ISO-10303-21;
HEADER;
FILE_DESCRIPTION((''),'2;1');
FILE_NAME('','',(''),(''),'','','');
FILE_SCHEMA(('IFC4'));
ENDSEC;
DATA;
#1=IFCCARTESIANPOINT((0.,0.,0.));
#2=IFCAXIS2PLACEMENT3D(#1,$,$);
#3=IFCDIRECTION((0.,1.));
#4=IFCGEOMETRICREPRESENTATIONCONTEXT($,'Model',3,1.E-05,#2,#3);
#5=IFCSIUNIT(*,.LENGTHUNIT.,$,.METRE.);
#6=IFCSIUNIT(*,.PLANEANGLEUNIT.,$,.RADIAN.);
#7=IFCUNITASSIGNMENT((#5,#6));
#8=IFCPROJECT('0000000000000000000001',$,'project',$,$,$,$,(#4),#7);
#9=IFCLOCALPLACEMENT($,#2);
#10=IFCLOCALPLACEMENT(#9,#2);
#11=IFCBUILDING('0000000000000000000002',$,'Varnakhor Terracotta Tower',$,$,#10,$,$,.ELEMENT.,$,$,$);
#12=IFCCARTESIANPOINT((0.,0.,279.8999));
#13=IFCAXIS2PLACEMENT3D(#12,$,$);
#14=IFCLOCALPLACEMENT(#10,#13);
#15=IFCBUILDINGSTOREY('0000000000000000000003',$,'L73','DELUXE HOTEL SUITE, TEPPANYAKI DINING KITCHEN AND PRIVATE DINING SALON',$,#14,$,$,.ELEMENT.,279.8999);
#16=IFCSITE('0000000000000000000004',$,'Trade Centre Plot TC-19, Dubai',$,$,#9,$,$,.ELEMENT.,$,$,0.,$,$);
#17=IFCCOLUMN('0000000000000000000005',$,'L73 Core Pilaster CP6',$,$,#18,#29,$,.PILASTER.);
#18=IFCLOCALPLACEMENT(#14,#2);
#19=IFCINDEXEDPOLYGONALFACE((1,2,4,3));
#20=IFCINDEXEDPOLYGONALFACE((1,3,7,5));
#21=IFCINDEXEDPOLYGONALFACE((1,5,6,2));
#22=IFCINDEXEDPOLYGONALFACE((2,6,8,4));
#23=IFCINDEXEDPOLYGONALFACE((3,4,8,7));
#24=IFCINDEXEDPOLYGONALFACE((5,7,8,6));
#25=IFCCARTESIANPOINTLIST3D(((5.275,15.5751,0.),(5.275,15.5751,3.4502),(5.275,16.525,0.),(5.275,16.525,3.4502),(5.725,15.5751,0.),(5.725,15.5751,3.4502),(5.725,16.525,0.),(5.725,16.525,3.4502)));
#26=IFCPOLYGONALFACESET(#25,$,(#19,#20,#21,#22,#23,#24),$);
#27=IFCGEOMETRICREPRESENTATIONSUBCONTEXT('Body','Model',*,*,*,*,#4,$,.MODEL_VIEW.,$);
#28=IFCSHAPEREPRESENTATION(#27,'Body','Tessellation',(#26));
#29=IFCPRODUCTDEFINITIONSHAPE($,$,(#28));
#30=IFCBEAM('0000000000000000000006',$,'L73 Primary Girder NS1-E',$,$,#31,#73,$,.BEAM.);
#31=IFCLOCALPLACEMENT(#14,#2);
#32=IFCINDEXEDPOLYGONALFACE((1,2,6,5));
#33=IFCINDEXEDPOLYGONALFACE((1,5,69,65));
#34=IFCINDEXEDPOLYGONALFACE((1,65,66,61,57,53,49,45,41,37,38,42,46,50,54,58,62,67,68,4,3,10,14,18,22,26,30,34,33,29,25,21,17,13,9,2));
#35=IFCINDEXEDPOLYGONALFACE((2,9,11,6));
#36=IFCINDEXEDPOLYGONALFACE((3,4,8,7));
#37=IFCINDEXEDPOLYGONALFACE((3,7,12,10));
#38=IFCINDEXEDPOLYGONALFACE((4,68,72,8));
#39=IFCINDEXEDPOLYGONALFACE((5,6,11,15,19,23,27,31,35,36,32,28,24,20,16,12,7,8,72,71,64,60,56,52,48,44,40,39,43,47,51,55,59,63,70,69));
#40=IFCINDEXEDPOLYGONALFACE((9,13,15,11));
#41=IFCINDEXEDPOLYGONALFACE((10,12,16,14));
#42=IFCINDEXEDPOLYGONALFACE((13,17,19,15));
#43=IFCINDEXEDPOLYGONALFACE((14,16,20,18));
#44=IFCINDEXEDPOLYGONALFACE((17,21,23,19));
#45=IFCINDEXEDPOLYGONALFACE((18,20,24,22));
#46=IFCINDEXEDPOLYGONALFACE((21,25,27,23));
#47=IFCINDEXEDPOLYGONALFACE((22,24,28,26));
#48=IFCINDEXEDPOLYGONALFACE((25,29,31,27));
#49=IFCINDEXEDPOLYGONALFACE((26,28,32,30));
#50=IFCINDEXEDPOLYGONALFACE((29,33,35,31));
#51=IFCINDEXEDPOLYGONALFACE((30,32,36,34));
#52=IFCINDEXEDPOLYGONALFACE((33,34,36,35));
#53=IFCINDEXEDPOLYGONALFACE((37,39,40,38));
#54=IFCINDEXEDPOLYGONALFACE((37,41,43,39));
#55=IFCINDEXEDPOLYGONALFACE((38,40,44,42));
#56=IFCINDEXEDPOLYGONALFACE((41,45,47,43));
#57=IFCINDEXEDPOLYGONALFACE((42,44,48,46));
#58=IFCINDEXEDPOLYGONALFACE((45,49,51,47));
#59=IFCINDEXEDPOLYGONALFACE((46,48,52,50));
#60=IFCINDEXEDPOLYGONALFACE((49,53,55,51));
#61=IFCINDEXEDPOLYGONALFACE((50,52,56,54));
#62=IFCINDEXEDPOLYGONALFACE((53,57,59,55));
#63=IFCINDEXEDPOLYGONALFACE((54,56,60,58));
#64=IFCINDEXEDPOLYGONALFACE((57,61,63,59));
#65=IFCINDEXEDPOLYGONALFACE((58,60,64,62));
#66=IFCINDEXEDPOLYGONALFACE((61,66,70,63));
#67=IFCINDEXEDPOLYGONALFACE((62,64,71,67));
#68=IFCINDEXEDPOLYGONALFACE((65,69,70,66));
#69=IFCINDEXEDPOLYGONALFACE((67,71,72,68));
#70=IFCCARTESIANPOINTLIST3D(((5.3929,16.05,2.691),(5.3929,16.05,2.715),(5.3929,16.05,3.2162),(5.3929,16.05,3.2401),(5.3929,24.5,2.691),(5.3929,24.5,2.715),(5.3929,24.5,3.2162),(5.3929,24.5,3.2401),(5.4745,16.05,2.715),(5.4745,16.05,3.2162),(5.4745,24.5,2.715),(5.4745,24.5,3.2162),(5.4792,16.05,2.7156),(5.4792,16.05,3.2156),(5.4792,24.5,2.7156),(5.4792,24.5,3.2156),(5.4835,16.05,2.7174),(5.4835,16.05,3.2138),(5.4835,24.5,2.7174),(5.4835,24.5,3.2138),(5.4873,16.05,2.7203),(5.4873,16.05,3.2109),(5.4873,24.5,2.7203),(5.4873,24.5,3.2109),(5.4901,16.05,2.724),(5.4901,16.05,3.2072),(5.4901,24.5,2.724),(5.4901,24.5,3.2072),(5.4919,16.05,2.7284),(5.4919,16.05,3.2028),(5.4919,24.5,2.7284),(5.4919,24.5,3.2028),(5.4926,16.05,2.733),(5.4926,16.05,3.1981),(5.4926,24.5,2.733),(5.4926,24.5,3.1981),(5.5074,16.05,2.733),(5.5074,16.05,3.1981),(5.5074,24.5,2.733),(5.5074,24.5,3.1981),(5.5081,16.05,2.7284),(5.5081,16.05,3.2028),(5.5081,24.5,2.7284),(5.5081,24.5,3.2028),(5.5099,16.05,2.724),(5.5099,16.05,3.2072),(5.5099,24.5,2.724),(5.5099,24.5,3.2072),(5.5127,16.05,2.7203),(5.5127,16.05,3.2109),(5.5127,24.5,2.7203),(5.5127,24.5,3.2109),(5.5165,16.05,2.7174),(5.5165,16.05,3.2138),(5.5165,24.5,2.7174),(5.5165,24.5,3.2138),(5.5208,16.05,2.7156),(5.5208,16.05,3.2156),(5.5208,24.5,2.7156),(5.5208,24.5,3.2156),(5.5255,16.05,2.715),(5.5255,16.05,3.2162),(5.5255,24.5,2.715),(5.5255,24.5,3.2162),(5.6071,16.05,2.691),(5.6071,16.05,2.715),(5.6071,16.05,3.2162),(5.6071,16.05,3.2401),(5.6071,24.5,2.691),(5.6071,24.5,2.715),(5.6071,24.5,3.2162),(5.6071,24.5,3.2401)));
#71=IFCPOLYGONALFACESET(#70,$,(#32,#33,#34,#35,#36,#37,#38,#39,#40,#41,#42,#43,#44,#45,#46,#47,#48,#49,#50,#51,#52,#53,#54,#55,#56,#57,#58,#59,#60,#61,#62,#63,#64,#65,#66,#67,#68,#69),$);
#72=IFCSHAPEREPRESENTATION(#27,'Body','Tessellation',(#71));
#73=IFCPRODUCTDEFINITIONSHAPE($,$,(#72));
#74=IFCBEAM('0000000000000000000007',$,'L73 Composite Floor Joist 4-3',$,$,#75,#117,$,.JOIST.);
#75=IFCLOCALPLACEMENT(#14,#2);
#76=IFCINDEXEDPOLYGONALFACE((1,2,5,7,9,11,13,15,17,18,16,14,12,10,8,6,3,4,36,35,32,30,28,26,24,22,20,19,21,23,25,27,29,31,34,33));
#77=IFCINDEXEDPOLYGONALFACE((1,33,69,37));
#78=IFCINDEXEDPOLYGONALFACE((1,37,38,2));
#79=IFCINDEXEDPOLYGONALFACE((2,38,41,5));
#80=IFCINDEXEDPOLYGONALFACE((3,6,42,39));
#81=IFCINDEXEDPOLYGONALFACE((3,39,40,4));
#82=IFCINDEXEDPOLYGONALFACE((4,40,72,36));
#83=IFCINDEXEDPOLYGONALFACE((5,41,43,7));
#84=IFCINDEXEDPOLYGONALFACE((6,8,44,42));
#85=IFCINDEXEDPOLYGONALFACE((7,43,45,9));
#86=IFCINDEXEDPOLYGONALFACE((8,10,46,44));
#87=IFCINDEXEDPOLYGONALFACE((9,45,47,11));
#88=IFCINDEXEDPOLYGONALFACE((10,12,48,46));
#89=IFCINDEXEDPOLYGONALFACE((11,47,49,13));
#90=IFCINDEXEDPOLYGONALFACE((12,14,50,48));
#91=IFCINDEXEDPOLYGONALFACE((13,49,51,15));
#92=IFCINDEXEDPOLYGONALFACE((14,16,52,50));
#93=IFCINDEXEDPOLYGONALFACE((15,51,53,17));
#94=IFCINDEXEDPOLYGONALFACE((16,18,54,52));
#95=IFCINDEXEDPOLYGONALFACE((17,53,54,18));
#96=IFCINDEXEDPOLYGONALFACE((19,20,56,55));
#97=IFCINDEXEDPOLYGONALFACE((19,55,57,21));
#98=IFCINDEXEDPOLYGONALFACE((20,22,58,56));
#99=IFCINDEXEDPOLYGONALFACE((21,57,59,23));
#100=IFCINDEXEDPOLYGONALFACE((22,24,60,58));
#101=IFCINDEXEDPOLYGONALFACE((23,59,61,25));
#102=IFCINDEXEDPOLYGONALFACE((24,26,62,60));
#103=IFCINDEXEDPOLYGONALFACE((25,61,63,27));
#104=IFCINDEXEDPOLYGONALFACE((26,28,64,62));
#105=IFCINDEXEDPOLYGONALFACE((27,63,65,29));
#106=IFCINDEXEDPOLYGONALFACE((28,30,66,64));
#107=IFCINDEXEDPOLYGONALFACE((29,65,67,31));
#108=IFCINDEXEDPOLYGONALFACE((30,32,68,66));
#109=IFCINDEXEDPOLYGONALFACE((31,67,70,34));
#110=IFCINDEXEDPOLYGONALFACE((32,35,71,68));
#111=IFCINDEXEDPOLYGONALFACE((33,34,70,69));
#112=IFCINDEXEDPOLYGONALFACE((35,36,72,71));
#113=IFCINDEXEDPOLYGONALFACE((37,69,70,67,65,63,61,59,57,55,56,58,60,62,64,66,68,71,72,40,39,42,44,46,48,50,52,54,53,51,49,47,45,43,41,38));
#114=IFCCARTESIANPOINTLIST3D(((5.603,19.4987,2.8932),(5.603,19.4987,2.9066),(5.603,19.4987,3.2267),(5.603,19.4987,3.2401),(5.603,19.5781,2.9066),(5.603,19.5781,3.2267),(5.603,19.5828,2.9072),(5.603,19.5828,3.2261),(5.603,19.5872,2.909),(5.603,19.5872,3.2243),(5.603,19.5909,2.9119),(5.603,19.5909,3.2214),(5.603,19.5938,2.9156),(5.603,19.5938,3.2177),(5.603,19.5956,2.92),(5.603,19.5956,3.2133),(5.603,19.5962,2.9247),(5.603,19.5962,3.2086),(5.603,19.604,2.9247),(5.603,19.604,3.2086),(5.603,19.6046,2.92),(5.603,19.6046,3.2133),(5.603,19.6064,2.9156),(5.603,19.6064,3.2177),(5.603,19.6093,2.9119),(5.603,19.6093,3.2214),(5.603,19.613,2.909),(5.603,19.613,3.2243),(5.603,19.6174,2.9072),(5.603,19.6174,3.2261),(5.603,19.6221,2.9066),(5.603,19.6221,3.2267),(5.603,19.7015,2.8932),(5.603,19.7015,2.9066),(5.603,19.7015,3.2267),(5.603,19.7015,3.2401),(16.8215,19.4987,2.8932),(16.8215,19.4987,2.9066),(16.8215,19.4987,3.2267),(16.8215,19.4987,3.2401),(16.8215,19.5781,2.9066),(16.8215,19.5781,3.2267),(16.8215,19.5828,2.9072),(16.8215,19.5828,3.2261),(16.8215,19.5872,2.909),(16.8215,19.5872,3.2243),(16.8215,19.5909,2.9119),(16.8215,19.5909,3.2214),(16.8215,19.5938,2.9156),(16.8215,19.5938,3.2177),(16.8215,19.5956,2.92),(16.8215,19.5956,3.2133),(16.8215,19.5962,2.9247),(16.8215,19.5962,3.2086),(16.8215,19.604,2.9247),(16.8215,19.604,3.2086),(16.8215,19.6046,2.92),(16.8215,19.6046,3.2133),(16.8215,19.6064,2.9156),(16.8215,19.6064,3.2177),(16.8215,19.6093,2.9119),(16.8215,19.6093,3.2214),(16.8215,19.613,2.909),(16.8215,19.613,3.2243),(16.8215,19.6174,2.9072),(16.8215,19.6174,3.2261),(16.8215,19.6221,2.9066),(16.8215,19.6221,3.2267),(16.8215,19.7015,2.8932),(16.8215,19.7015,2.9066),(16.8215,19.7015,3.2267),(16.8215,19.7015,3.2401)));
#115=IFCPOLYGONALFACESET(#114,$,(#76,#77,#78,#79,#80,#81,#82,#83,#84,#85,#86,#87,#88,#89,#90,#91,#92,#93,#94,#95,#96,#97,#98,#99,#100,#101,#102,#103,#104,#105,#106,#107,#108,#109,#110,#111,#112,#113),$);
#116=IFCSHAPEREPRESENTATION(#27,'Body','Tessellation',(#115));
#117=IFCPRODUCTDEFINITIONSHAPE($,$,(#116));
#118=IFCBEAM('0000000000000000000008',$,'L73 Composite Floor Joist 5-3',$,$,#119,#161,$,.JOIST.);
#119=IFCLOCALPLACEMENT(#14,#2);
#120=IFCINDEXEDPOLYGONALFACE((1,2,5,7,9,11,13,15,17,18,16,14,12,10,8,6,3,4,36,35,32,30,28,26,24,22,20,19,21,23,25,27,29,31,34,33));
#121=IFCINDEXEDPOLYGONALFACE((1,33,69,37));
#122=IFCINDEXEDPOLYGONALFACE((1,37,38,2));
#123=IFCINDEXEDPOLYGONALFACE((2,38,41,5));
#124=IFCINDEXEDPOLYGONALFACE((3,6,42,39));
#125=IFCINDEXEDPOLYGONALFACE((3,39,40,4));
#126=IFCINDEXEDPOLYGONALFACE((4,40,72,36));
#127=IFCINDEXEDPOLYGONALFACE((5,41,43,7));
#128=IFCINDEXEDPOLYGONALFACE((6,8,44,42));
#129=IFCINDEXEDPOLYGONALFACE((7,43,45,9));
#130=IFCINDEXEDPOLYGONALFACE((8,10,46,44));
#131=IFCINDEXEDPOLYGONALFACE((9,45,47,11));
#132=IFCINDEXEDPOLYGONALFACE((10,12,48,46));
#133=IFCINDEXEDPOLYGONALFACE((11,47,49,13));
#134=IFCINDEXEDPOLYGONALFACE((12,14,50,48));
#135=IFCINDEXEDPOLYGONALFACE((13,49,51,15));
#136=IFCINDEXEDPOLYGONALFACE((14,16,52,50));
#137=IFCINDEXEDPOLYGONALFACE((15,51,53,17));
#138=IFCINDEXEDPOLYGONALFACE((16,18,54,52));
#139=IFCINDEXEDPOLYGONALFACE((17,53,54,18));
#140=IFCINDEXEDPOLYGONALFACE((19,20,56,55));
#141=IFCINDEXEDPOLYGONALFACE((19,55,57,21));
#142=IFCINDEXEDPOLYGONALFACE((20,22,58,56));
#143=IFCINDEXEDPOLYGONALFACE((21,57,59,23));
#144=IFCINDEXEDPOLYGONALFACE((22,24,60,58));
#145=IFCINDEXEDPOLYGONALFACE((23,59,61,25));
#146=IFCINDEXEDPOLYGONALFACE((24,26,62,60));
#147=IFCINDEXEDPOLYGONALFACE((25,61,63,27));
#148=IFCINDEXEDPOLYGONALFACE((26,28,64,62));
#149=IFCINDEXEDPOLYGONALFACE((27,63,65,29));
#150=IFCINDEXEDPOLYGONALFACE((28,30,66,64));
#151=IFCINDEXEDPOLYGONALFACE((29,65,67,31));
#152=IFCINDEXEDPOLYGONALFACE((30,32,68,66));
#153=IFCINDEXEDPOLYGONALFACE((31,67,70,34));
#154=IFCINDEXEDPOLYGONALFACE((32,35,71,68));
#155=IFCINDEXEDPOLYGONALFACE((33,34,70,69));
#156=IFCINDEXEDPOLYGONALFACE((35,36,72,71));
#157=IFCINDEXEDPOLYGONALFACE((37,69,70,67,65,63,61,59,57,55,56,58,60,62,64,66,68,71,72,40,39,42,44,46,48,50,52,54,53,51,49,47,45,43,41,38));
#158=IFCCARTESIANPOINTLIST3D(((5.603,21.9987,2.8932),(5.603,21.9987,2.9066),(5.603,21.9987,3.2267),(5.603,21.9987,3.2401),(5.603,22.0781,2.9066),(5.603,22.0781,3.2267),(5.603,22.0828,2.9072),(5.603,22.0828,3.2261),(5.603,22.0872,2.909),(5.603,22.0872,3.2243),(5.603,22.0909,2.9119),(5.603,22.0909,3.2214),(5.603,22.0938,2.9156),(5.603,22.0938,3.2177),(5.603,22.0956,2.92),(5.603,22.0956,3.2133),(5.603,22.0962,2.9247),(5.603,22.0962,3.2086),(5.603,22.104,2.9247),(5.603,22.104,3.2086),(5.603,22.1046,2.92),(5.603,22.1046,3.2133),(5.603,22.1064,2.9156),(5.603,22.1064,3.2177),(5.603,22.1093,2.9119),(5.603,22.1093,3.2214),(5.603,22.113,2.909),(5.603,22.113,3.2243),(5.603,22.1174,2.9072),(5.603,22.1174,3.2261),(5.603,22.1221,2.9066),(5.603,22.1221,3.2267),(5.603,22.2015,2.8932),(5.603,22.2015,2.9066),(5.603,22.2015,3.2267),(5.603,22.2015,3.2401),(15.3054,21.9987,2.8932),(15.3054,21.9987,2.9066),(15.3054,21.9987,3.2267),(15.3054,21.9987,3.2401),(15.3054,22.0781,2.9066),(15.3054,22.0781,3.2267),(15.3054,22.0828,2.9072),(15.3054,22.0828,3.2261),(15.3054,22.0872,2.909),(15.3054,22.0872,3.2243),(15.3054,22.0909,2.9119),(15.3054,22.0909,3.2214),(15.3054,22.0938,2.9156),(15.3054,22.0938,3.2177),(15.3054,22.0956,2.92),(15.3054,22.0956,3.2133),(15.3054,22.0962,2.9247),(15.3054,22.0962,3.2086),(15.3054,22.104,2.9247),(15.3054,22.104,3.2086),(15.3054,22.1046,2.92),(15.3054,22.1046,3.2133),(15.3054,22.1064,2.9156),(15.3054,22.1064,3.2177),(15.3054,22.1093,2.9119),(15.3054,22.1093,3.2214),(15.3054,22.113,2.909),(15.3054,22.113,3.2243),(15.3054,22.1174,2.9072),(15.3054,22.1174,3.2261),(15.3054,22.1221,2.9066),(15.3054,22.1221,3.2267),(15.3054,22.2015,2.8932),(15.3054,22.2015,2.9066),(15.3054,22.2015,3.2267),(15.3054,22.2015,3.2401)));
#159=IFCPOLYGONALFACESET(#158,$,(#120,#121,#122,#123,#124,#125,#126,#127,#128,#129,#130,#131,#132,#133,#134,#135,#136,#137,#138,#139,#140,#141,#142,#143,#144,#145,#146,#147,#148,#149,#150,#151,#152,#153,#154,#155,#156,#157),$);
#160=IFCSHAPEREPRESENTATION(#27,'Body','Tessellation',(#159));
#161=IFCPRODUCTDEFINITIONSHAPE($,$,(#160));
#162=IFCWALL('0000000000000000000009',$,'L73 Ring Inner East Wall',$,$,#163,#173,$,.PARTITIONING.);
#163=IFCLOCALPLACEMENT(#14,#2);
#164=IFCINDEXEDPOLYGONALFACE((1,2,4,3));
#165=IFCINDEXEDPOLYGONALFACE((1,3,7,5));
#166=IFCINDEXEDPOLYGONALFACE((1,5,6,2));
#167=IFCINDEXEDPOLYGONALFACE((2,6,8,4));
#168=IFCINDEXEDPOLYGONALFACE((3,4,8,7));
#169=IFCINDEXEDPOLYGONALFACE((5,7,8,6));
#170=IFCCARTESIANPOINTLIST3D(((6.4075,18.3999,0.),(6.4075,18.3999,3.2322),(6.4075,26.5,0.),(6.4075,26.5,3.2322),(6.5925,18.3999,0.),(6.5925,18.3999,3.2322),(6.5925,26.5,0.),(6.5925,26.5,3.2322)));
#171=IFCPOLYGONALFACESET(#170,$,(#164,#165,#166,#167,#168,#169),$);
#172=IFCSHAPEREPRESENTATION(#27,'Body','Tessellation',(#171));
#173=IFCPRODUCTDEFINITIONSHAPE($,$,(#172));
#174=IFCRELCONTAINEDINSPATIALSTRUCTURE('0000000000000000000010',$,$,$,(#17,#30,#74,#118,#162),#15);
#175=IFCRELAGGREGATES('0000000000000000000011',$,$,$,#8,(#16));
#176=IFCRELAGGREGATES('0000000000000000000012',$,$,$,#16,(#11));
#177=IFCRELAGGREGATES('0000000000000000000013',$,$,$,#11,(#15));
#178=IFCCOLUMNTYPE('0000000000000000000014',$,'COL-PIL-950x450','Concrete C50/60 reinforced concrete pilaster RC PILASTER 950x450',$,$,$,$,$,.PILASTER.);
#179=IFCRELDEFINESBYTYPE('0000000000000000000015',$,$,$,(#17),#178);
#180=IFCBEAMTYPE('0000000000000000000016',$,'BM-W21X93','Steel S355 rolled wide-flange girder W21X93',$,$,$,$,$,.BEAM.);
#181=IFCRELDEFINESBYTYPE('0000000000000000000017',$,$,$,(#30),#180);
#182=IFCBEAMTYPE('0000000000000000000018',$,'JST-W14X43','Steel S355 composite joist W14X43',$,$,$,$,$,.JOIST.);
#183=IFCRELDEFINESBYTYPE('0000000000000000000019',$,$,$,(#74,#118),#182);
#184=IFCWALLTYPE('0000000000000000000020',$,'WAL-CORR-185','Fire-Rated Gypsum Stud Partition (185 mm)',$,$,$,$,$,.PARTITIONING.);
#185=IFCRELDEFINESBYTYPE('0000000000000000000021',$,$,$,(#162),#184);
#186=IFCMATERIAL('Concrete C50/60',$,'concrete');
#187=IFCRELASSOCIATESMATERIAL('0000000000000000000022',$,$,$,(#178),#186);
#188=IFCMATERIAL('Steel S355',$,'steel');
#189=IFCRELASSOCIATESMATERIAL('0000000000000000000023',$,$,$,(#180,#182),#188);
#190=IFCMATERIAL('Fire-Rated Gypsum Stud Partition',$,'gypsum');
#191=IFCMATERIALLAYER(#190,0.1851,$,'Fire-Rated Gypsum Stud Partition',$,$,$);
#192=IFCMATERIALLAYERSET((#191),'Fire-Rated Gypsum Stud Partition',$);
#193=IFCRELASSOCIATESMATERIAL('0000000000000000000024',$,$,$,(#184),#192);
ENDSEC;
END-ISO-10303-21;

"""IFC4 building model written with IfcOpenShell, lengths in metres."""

from ifc_helpers import new_model, si_unit, direction, frame, frame_2d, origin, origin_2d, place, context, subcontext, project, spatial, rectangle, i_section, extrude, source, transform, mapped, material, layer, layer_set, material_profile, profile_set, type_object, type_shapes, element, save


model = new_model("IFC4")

# Units and contexts
model_context = context("Model", 3, precision=1e-05, world=origin(), true_north=direction((0.0, 1.0)))
body_context = subcontext(model_context, "Body", "Model", "MODEL_VIEW")
ifc_project = project(units=[si_unit("LENGTHUNIT", "METRE"), si_unit("PLANEANGLEUNIT", "RADIAN")], contexts=[model_context])

# Site, building, storey
site_placement = place(None, origin())
site = spatial("IfcSite", under=ifc_project, at=site_placement, Name="Trade Centre Plot TC-19, Dubai", CompositionType="ELEMENT", RefElevation=0.0)
building_placement = place(site_placement, origin())
building = spatial("IfcBuilding", under=site, at=building_placement, Name="Varnakhor Terracotta Tower", CompositionType="ELEMENT")
storey_placement = place(building_placement, frame((0.0, 0.0, 279.8999)))
storey = spatial("IfcBuildingStorey", under=building, at=storey_placement, Name="L73", Description="DELUXE HOTEL SUITE, TEPPANYAKI DINING KITCHEN AND PRIVATE DINING SALON", CompositionType="ELEMENT", Elevation=279.8999)

# Column
ifc_material_1 = material(Name="Concrete C50/60", Category="concrete")
ifc_material_profile_1 = material_profile(ifc_material_1, rectangle(XDim=0.45, YDim=0.95, at=origin_2d()), Name="RC PILASTER 950x450")
ifc_profile_set_1 = profile_set([ifc_material_profile_1], Name="Concrete C50/60")
column_type = type_object("IfcColumnType", Name="COL-PIL-950x450", Description="Concrete C50/60 reinforced concrete pilaster RC PILASTER 950x450", PredefinedType="PILASTER", material=ifc_profile_set_1)
shared_shape_1 = source(origin(), body_context, "Body", "SweptSolid", [
    extrude(rectangle(XDim=0.45, YDim=0.95, at=origin_2d()), origin(), (0.0, 0.0, 1.0), 3.4502),
])
column_placement = place(storey_placement, frame((5.5, 16.05, 0.0), z_axis=(0.0, 0.0, 1.0), x_axis=(1.0, 0.0, 0.0)))
element("IfcColumn", 1, at=column_placement, inside=storey, type_object=column_type, Name="L73 Core Pilaster CP6", PredefinedType="PILASTER", context=body_context, shape_type="MappedRepresentation", body=[
    mapped(shared_shape_1, transform((0.0, 0.0, 0.0), scale=1.0)),
])

# Beams
ifc_material_2 = material(Name="Steel S355", Category="steel")
ifc_material_profile_2 = material_profile(ifc_material_2, i_section(OverallWidth=0.2141, OverallDepth=0.5491, WebThickness=0.0149, FlangeThickness=0.0239, FilletRadius=0.0181, at=origin_2d()), Name="W21X93")
ifc_profile_set_2 = profile_set([ifc_material_profile_2], Name="Steel S355")
beam_type_1 = type_object("IfcBeamType", Name="BM-W21X93", Description="Steel S355 rolled wide-flange girder W21X93", PredefinedType="BEAM", material=ifc_profile_set_2)
shared_shape_2 = source(origin(), body_context, "Body", "SweptSolid", [
    extrude(i_section(OverallWidth=0.2141, OverallDepth=0.5491, WebThickness=0.0149, FlangeThickness=0.0239, FilletRadius=0.0181, at=origin_2d()), origin(), (0.0, 0.0, 1.0), 8.45),
])
type_shapes(beam_type_1, [shared_shape_2])
beam_1_placement = place(storey_placement, frame((5.5, 16.05, 2.9656), z_axis=(0.0, 1.0, 0.0), x_axis=(-1.0, 0.0, 0.0)))
element("IfcBeam", 2, at=beam_1_placement, inside=storey, type_object=beam_type_1, Name="L73 Primary Girder NS1-E", PredefinedType="BEAM", context=body_context, shape_type="MappedRepresentation", body=[
    mapped(shared_shape_2, transform((0.0, 0.0, 0.0), scale=1.0)),
])
ifc_material_profile_3 = material_profile(ifc_material_2, i_section(OverallWidth=0.2029, OverallDepth=0.3469, WebThickness=0.0078, FlangeThickness=0.0134, FilletRadius=0.0181, at=origin_2d()), Name="W14X43")
ifc_profile_set_3 = profile_set([ifc_material_profile_3], Name="Steel S355")
beam_type_2 = type_object("IfcBeamType", Name="JST-W14X43", Description="Steel S355 composite joist W14X43", PredefinedType="JOIST", material=ifc_profile_set_3)
shared_shape_3 = source(origin(), body_context, "Body", "SweptSolid", [
    extrude(i_section(OverallWidth=0.2029, OverallDepth=0.3469, WebThickness=0.0078, FlangeThickness=0.0134, FilletRadius=0.0181, at=origin_2d()), origin(), (0.0, 0.0, 1.0), 11.2185),
])
beam_2_placement = place(storey_placement, frame((5.603, 19.6001, 3.0667), z_axis=(1.0, 0.0, 0.0), x_axis=(0.0, 1.0, 0.0)))
element("IfcBeam", 3, at=beam_2_placement, inside=storey, type_object=beam_type_2, Name="L73 Composite Floor Joist 4-3", PredefinedType="JOIST", context=body_context, shape_type="MappedRepresentation", body=[
    mapped(shared_shape_3, transform((0.0, 0.0, 0.0), scale=1.0)),
])
shared_shape_4 = source(origin(), body_context, "Body", "SweptSolid", [
    extrude(i_section(OverallWidth=0.2029, OverallDepth=0.3469, WebThickness=0.0078, FlangeThickness=0.0134, FilletRadius=0.0181, at=origin_2d()), origin(), (0.0, 0.0, 1.0), 9.7024),
])
beam_3_placement = place(storey_placement, frame((5.603, 22.1001, 3.0667), z_axis=(1.0, 0.0, 0.0), x_axis=(0.0, 1.0, 0.0)))
element("IfcBeam", 4, at=beam_3_placement, inside=storey, type_object=beam_type_2, Name="L73 Composite Floor Joist 5-3", PredefinedType="JOIST", context=body_context, shape_type="MappedRepresentation", body=[
    mapped(shared_shape_4, transform((0.0, 0.0, 0.0), scale=1.0)),
])

# Wall
ifc_material_3 = material(Name="Fire-Rated Gypsum Stud Partition", Category="gypsum")
ifc_layer_1 = layer(ifc_material_3, 0.1851, Name="Fire-Rated Gypsum Stud Partition")
ifc_layer_set_1 = layer_set([ifc_layer_1], Name="Fire-Rated Gypsum Stud Partition")
wall_type_1 = type_object("IfcWallType", Name="WAL-CORR-185", Description="Fire-Rated Gypsum Stud Partition (185 mm)", PredefinedType="PARTITIONING", material=ifc_layer_set_1)
wall_1_placement = place(storey_placement, frame((6.5, 18.3999, 0.0), z_axis=(0.0, 0.0, 1.0), x_axis=(0.0, 1.0, 0.0)))
element("IfcWall", 5, at=wall_1_placement, inside=storey, type_object=wall_type_1, Name="L73 Ring Inner East Wall", PredefinedType="PARTITIONING", context=body_context, shape_type="SweptSolid", body=[
    extrude(rectangle(XDim=8.1001, YDim=0.1851, at=frame_2d((4.05, 0.0))), origin(), (0.0, 0.0, 1.0), 3.2322),
])

save(model, "model.ifc")
